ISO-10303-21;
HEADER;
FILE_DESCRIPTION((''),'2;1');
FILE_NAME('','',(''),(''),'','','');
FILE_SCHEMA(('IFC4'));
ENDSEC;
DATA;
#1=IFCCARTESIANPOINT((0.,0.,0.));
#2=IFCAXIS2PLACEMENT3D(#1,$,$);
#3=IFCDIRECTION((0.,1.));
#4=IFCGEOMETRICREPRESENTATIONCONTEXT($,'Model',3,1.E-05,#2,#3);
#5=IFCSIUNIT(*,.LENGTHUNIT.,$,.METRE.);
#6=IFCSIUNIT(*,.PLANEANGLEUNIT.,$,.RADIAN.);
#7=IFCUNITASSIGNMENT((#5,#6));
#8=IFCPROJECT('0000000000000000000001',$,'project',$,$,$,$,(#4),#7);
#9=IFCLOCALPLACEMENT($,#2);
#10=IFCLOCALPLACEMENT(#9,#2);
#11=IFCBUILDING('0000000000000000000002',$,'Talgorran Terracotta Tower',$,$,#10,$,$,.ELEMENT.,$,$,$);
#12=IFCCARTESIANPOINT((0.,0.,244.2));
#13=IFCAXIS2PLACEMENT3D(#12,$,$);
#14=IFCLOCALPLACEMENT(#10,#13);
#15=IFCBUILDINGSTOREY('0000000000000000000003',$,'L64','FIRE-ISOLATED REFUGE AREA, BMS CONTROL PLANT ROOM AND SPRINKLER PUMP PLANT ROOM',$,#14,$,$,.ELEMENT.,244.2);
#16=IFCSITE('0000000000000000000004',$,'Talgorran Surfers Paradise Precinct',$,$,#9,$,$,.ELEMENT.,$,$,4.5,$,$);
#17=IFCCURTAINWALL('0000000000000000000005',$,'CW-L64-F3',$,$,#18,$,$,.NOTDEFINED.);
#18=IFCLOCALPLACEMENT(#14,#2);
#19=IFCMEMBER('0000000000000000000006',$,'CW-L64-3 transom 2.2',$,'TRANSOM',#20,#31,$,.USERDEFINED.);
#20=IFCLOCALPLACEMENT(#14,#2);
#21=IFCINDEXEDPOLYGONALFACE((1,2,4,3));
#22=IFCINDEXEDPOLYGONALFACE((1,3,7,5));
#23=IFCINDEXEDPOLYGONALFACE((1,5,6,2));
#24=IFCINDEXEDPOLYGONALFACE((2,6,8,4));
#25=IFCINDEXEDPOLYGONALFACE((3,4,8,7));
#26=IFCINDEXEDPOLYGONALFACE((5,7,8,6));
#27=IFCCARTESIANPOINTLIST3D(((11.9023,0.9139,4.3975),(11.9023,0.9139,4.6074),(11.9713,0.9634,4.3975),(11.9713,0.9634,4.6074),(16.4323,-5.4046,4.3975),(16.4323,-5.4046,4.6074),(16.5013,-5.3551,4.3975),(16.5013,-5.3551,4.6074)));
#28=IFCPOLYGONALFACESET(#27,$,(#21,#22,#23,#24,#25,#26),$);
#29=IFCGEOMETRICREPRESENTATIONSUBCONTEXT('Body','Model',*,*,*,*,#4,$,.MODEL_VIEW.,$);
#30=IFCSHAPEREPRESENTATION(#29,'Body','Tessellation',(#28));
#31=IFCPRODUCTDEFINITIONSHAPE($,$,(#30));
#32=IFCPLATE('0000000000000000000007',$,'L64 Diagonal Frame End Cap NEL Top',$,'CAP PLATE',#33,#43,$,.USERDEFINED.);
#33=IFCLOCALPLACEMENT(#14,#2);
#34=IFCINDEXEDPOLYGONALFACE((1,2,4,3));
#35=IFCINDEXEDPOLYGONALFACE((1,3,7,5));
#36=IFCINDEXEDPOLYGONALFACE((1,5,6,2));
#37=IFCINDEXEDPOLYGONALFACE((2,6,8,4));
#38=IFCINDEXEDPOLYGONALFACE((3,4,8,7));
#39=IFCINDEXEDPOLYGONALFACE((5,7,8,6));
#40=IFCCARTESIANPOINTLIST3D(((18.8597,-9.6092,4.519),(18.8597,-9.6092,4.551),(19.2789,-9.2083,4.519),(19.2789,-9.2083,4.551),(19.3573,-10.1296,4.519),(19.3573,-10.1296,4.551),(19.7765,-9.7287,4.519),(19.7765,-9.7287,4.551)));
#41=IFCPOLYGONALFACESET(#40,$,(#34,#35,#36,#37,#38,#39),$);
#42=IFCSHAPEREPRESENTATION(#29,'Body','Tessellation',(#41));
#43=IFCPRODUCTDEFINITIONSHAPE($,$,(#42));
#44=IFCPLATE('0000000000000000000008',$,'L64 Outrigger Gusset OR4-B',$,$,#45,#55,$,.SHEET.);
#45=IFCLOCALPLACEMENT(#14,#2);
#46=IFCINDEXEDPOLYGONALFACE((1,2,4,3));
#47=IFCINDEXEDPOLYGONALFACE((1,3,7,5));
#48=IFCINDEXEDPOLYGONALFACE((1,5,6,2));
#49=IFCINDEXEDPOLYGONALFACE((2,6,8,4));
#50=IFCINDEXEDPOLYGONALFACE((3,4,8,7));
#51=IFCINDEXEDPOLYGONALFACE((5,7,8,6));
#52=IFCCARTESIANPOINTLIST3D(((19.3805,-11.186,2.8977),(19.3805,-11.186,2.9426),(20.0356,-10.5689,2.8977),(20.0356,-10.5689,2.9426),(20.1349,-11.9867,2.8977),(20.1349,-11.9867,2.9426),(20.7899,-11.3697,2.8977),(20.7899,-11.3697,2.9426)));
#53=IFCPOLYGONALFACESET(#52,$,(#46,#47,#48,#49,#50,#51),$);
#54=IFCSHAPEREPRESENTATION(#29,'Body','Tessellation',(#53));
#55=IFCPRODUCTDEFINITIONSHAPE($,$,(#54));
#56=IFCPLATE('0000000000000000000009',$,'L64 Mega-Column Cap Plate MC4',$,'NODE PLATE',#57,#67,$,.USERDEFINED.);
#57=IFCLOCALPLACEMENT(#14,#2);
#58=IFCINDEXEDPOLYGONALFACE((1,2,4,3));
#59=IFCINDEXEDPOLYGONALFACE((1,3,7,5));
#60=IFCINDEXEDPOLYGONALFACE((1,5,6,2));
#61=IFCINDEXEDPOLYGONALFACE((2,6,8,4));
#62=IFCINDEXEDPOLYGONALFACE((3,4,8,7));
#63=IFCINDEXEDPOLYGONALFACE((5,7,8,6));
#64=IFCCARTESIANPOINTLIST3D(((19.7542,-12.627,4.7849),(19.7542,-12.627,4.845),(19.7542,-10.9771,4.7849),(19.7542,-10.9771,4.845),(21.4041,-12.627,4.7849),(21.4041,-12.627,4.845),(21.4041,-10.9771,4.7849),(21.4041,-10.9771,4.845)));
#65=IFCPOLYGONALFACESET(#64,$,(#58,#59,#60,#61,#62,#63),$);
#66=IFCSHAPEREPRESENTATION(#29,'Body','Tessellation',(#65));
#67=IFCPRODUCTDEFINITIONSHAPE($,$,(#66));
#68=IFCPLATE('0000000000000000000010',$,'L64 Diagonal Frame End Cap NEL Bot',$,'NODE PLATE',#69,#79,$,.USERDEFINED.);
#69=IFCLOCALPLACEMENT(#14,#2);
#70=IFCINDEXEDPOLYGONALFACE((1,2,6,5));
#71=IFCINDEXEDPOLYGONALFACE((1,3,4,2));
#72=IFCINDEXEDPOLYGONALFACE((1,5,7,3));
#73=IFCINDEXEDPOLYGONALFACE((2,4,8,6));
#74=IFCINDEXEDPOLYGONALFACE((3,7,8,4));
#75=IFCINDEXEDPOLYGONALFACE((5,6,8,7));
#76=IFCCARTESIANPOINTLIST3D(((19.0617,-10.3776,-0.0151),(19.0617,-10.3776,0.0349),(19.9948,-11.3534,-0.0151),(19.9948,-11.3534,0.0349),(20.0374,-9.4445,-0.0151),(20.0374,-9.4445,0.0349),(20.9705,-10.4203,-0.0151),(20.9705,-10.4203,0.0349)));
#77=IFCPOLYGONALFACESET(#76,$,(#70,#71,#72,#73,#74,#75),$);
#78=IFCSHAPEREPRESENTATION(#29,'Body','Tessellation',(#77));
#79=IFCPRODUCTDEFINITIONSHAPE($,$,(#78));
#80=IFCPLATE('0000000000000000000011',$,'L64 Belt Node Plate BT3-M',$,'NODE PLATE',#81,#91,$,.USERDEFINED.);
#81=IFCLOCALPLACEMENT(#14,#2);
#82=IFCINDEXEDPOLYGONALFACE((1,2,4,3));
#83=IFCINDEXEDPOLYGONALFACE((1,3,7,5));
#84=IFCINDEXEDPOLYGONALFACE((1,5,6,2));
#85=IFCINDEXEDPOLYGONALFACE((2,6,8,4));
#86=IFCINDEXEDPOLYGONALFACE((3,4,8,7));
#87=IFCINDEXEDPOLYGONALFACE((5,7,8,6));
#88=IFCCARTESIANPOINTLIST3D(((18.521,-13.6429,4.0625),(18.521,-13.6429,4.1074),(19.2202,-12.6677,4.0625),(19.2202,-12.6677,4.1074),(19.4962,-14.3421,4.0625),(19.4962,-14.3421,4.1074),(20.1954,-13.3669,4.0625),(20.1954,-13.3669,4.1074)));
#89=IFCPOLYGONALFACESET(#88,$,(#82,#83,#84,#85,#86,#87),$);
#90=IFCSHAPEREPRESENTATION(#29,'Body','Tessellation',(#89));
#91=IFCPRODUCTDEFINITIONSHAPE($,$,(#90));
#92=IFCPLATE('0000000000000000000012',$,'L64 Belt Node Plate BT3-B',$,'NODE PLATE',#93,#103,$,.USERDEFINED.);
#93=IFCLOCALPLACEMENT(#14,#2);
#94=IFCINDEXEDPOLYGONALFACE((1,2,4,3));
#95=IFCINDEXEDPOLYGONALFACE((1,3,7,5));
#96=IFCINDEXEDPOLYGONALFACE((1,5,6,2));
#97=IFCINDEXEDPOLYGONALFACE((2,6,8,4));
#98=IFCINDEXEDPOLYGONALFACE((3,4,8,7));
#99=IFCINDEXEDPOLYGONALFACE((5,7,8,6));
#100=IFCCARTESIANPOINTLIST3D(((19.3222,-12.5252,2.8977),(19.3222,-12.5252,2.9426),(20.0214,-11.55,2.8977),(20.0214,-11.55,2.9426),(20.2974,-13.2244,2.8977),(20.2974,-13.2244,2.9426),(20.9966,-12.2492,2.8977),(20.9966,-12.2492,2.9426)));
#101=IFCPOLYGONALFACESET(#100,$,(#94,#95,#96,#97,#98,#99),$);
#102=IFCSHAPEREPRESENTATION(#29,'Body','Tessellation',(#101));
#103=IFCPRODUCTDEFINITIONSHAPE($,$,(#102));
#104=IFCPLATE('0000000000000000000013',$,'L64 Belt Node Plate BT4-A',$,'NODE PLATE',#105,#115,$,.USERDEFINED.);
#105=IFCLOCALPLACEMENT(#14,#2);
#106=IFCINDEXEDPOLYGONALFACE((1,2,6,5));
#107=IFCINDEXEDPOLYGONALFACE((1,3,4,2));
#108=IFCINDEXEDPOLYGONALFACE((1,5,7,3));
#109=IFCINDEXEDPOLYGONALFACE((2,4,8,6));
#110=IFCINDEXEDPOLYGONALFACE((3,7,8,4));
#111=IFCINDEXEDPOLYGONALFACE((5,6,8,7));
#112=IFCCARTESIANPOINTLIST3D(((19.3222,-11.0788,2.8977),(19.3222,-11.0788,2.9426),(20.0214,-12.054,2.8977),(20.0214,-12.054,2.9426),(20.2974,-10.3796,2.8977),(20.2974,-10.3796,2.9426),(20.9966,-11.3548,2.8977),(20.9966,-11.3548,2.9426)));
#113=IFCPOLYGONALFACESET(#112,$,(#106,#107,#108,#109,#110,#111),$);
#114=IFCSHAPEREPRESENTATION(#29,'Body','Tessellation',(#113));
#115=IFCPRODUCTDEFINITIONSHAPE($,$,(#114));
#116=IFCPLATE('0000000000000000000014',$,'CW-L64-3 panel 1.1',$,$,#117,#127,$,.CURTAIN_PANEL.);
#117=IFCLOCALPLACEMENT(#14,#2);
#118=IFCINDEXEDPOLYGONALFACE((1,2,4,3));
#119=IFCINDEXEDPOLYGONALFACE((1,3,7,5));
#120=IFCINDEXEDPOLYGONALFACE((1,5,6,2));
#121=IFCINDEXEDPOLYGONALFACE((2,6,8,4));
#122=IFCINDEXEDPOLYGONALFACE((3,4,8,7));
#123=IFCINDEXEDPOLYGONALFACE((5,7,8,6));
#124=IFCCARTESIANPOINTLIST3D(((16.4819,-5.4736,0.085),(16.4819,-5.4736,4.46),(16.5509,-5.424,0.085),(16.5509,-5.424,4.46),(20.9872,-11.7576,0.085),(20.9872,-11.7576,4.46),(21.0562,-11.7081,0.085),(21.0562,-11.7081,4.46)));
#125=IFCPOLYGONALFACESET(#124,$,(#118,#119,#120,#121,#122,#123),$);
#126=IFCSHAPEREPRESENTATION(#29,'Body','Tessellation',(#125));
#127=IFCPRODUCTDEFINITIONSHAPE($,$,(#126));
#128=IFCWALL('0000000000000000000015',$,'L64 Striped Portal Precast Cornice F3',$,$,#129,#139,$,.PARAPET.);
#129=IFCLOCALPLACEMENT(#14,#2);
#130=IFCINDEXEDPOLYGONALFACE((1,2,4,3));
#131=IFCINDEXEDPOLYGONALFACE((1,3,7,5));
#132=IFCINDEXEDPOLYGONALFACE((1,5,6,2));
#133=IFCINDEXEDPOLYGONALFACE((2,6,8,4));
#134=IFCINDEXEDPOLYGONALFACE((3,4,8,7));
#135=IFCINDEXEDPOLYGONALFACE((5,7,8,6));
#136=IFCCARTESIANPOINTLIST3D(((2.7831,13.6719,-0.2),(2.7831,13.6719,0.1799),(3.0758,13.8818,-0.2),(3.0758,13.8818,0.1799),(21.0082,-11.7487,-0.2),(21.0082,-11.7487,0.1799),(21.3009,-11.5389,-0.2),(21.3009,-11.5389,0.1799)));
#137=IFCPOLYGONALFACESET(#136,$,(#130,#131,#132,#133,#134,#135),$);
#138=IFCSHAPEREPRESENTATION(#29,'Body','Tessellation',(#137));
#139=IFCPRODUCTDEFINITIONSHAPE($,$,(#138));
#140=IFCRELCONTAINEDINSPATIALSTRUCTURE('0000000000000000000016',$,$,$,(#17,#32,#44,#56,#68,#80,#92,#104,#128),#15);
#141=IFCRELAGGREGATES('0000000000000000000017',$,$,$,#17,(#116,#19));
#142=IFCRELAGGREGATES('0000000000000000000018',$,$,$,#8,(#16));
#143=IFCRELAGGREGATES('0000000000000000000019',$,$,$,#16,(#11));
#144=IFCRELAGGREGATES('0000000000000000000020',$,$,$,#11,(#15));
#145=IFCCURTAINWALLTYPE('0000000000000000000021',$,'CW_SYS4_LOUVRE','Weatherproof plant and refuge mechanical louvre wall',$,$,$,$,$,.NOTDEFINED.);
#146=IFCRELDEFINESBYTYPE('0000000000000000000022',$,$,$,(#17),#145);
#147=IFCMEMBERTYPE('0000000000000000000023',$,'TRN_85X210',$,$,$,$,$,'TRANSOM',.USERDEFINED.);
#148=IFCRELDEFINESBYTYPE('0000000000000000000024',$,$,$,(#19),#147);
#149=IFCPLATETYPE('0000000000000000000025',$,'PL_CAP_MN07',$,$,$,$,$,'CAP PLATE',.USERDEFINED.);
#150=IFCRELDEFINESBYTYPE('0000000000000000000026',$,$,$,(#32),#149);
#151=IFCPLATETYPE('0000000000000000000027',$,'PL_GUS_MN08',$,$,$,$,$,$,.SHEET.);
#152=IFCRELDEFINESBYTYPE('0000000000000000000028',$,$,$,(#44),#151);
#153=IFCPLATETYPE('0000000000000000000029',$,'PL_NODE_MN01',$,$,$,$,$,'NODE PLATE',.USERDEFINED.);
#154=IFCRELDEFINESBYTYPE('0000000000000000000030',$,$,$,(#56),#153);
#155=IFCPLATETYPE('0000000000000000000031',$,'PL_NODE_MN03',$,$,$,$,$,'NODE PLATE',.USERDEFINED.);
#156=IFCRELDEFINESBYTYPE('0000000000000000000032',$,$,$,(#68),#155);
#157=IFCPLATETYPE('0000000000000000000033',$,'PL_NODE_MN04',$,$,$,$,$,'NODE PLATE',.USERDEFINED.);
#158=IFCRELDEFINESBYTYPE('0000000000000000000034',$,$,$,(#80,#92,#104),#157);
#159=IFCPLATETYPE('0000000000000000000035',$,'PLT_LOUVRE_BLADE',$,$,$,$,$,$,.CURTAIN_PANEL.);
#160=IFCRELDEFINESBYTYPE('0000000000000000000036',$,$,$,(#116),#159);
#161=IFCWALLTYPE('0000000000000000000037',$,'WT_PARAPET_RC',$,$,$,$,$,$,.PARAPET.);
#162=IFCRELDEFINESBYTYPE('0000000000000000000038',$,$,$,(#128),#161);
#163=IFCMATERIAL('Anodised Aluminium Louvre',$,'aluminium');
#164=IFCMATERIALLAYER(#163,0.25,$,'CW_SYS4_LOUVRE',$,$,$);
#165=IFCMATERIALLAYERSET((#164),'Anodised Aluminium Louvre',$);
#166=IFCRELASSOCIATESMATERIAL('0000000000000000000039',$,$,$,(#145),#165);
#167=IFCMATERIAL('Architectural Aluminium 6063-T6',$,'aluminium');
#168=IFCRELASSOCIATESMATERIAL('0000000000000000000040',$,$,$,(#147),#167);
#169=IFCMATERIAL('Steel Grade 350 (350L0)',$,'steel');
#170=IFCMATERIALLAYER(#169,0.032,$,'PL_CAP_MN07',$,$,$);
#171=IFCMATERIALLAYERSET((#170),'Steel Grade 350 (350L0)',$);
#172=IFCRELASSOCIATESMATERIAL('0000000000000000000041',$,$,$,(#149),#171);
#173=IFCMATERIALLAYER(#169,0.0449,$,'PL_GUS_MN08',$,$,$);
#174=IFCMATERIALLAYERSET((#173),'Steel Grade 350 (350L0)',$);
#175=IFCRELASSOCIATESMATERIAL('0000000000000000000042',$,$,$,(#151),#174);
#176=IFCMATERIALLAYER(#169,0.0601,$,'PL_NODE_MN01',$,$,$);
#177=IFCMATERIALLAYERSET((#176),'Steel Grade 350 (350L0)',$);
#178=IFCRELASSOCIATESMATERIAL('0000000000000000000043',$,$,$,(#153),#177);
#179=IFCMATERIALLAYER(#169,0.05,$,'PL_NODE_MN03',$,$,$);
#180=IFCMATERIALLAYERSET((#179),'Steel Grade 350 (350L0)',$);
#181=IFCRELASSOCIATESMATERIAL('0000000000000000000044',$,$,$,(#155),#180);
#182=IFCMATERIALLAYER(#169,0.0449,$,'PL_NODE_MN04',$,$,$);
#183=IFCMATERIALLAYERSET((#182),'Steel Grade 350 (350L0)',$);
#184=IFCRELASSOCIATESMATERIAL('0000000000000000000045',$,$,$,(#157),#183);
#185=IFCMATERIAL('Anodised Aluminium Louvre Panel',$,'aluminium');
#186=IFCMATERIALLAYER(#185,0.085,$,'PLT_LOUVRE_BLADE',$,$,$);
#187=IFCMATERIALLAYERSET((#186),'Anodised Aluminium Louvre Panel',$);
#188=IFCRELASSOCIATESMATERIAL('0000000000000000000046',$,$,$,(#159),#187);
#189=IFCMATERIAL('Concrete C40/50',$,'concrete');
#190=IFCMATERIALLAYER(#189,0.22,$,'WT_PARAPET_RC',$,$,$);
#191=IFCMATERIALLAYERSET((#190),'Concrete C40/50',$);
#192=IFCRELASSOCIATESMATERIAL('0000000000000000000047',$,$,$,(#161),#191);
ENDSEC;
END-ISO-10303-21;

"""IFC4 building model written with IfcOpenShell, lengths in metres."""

from ifc_helpers import new_model, si_unit, direction, frame, frame_2d, origin, origin_2d, place, context, subcontext, project, spatial, rectangle, extrude, source, transform, mapped, material, layer, layer_set, material_profile, profile_set, type_object, type_shapes, element, aggregate, save


model = new_model("IFC4")

# Units and contexts
model_context = context("Model", 3, precision=1e-05, world=origin(), true_north=direction((0.0, 1.0)))
body_context = subcontext(model_context, "Body", "Model", "MODEL_VIEW")
ifc_project = project(units=[si_unit("LENGTHUNIT", "METRE"), si_unit("PLANEANGLEUNIT", "RADIAN")], contexts=[model_context])

# Site, building, storey
site_placement = place(None, origin())
site = spatial("IfcSite", under=ifc_project, at=site_placement, Name="Talgorran Surfers Paradise Precinct", CompositionType="ELEMENT", RefElevation=4.5)
building_placement = place(site_placement, origin())
building = spatial("IfcBuilding", under=site, at=building_placement, Name="Talgorran Terracotta Tower", CompositionType="ELEMENT")
storey_placement = place(building_placement, frame((0.0, 0.0, 244.2)))
storey = spatial("IfcBuildingStorey", under=building, at=storey_placement, Name="L64", Description="FIRE-ISOLATED REFUGE AREA, BMS CONTROL PLANT ROOM AND SPRINKLER PUMP PLANT ROOM", CompositionType="ELEMENT", Elevation=244.2)

# Shared definitions
ifc_material_1 = material(Name="Steel Grade 350 (350L0)", Category="steel")

# Shared definitions
ifc_material_2 = material(Name="Anodised Aluminium Louvre", Category="aluminium")
ifc_layer_1 = layer(ifc_material_2, 0.25, Name="CW_SYS4_LOUVRE")
ifc_layer_set_1 = layer_set([ifc_layer_1], Name="Anodised Aluminium Louvre")
curtain_wall_type = type_object("IfcCurtainWallType", Name="CW_SYS4_LOUVRE", Description="Weatherproof plant and refuge mechanical louvre wall", PredefinedType="NOTDEFINED", material=ifc_layer_set_1)
ifc_material_3 = material(Name="Architectural Aluminium 6063-T6", Category="aluminium")

# Curtain wall, member
curtain_wall_1_placement = place(storey_placement, origin())
curtain_wall_1 = element("IfcCurtainWall", 1, at=curtain_wall_1_placement, inside=storey, type_object=curtain_wall_type, Name="CW-L64-F3", PredefinedType="NOTDEFINED")
ifc_material_profile_1 = material_profile(ifc_material_3, rectangle(XDim=0.085, YDim=0.21, at=origin_2d()), Name="CWT85X210")
ifc_profile_set_1 = profile_set([ifc_material_profile_1], Name="Architectural Aluminium 6063-T6")
member_type_1 = type_object("IfcMemberType", Name="TRN_85X210", ElementType="TRANSOM", PredefinedType="USERDEFINED", material=ifc_profile_set_1)
member_1_placement = place(storey_placement, frame((16.4668, -5.3799, 4.5024), z_axis=(-0.582663, 0.812714, 0.0), x_axis=(-0.812714, -0.582663, 0.0)))
member_1 = element("IfcMember", 2, at=member_1_placement, type_object=member_type_1, Name="CW-L64-3 transom 2.2", ObjectType="TRANSOM", PredefinedType="USERDEFINED", context=body_context, shape_type="SweptSolid", body=[
    extrude(rectangle(XDim=0.085, YDim=0.21, at=origin_2d()), origin(), (0.0, 0.0, 1.0), 7.7747),
])

# Plates
ifc_layer_2 = layer(ifc_material_1, 0.032, Name="PL_CAP_MN07")
ifc_layer_set_2 = layer_set([ifc_layer_2], Name="Steel Grade 350 (350L0)")
plate_type_1 = type_object("IfcPlateType", Name="PL_CAP_MN07", ElementType="CAP PLATE", PredefinedType="USERDEFINED", material=ifc_layer_set_2)
plate_1_placement = place(storey_placement, frame((19.3181, -9.6689, 4.519), z_axis=(0.0, 0.0, 1.0), x_axis=(-0.691135, 0.722726, 0.0)))
element("IfcPlate", 3, at=plate_1_placement, inside=storey, type_object=plate_type_1, Name="L64 Diagonal Frame End Cap NEL Top", ObjectType="CAP PLATE", PredefinedType="USERDEFINED", context=body_context, shape_type="SweptSolid", body=[
    extrude(rectangle(XDim=0.72, YDim=0.5801, at=origin_2d()), origin(), (0.0, 0.0, 1.0), 0.032),
])
ifc_layer_3 = layer(ifc_material_1, 0.0449, Name="PL_GUS_MN08")
ifc_layer_set_3 = layer_set([ifc_layer_3], Name="Steel Grade 350 (350L0)")
plate_type_2 = type_object("IfcPlateType", Name="PL_GUS_MN08", PredefinedType="SHEET", material=ifc_layer_set_3)
plate_2_placement = place(storey_placement, frame((20.0852, -11.2778, 2.8977), z_axis=(0.0, 0.0, 1.0), x_axis=(0.685691, -0.727892, 0.0)))
element("IfcPlate", 4, at=plate_2_placement, inside=storey, type_object=plate_type_2, Name="L64 Outrigger Gusset OR4-B", PredefinedType="SHEET", context=body_context, shape_type="SweptSolid", body=[
    extrude(rectangle(XDim=1.1001, YDim=0.8999, at=origin_2d()), origin(), (0.0, 0.0, 1.0), 0.0449),
])
ifc_layer_4 = layer(ifc_material_1, 0.0601, Name="PL_NODE_MN01")
ifc_layer_set_4 = layer_set([ifc_layer_4], Name="Steel Grade 350 (350L0)")
plate_type_3 = type_object("IfcPlateType", Name="PL_NODE_MN01", ElementType="NODE PLATE", PredefinedType="USERDEFINED", material=ifc_layer_set_4)
plate_3_placement = place(storey_placement, frame((20.5791, -11.802, 4.7849), z_axis=(0.0, 0.0, 1.0), x_axis=(1.0, 0.0, 0.0)))
element("IfcPlate", 5, at=plate_3_placement, inside=storey, type_object=plate_type_3, Name="L64 Mega-Column Cap Plate MC4", ObjectType="NODE PLATE", PredefinedType="USERDEFINED", context=body_context, shape_type="SweptSolid", body=[
    extrude(rectangle(XDim=1.6499, YDim=1.6499, at=origin_2d()), origin(), (0.0, 0.0, 1.0), 0.0601),
])
ifc_layer_5 = layer(ifc_material_1, 0.05, Name="PL_NODE_MN03")
ifc_layer_set_5 = layer_set([ifc_layer_5], Name="Steel Grade 350 (350L0)")
plate_type_4 = type_object("IfcPlateType", Name="PL_NODE_MN03", ElementType="NODE PLATE", PredefinedType="USERDEFINED", material=ifc_layer_set_5)
plate_4_placement = place(storey_placement, frame((20.0161, -10.3989, -0.0151), z_axis=(0.0, 0.0, 1.0), x_axis=(-0.691135, 0.722726, 0.0)))
element("IfcPlate", 6, at=plate_4_placement, inside=storey, type_object=plate_type_4, Name="L64 Diagonal Frame End Cap NEL Bot", ObjectType="NODE PLATE", PredefinedType="USERDEFINED", context=body_context, shape_type="SweptSolid", body=[
    extrude(rectangle(XDim=1.3501, YDim=1.3501, at=origin_2d()), origin(), (0.0, 0.0, 1.0), 0.05),
])
ifc_layer_6 = layer(ifc_material_1, 0.0449, Name="PL_NODE_MN04")
ifc_layer_set_6 = layer_set([ifc_layer_6], Name="Steel Grade 350 (350L0)")
plate_type_5 = type_object("IfcPlateType", Name="PL_NODE_MN04", ElementType="NODE PLATE", PredefinedType="USERDEFINED", material=ifc_layer_set_6)
for number, where, z_axis, x_axis, name in (
    (7, (19.3582, -13.5049, 4.0625), (0.0, 0.0, 1.0), (0.58269, 0.812694, 0.0), "L64 Belt Node Plate BT3-M"),
    (8, (20.1594, -12.3872, 2.8977), (0.0, 0.0, 1.0), (0.58269, 0.812694, 0.0), "L64 Belt Node Plate BT3-B"),
    (9, (20.1594, -11.2168, 2.8977), (0.0, 0.0, 1.0), (-0.58269, 0.812694, 0.0), "L64 Belt Node Plate BT4-A"),
):
    element("IfcPlate", number, at=place(storey_placement, frame(where, z_axis=z_axis, x_axis=x_axis)), inside=storey, type_object=plate_type_5, Name=name, ObjectType="NODE PLATE", PredefinedType="USERDEFINED", context=body_context, shape_type="SweptSolid", body=[
        extrude(rectangle(XDim=1.2, YDim=1.2, at=origin_2d()), origin(), (0.0, 0.0, 1.0), 0.0449),
    ])

# Plate
ifc_material_4 = material(Name="Anodised Aluminium Louvre Panel", Category="aluminium")
ifc_layer_7 = layer(ifc_material_4, 0.085, Name="PLT_LOUVRE_BLADE")
ifc_layer_set_7 = layer_set([ifc_layer_7], Name="Anodised Aluminium Louvre Panel")
plate_type_6 = type_object("IfcPlateType", Name="PLT_LOUVRE_BLADE", PredefinedType="CURTAIN_PANEL", material=ifc_layer_set_7)
shared_shape = source(origin(), body_context, "Body", "SweptSolid", [
    extrude(rectangle(XDim=7.7322, YDim=0.085, at=origin_2d()), origin(), (0.0, 0.0, 1.0), 4.375),
])
type_shapes(plate_type_6, [shared_shape])
plate_5_placement = place(storey_placement, frame((18.769, -8.5908, 0.085), z_axis=(0.0, 0.0, 1.0), x_axis=(-0.582665, 0.812713, 0.0)))
plate_5 = element("IfcPlate", 10, at=plate_5_placement, type_object=plate_type_6, Name="CW-L64-3 panel 1.1", PredefinedType="CURTAIN_PANEL", context=body_context, shape_type="MappedRepresentation", body=[
    mapped(shared_shape, transform((0.0, 0.0, 0.0), scale=1.0)),
])
aggregate(curtain_wall_1, [plate_5, member_1])

# Wall
ifc_material_5 = material(Name="Concrete C40/50", Category="concrete")
ifc_layer_8 = layer(ifc_material_5, 0.22, Name="WT_PARAPET_RC")
ifc_layer_set_8 = layer_set([ifc_layer_8], Name="Concrete C40/50")
wall_type = type_object("IfcWallType", Name="WT_PARAPET_RC", PredefinedType="PARAPET", material=ifc_layer_set_8)
wall_placement = place(storey_placement, frame((21.1545, -11.6438, -0.2), z_axis=(0.0, 0.0, 1.0), x_axis=(-0.582666, 0.812712, 0.0)))
element("IfcWall", 11, at=wall_placement, inside=storey, type_object=wall_type, Name="L64 Striped Portal Precast Cornice F3", PredefinedType="PARAPET", context=body_context, shape_type="SweptSolid", body=[
    extrude(rectangle(XDim=31.2788, YDim=0.3601, at=frame_2d((15.6394, 0.0))), origin(), (0.0, 0.0, 1.0), 0.3799),
])

save(model, "model.ifc")
